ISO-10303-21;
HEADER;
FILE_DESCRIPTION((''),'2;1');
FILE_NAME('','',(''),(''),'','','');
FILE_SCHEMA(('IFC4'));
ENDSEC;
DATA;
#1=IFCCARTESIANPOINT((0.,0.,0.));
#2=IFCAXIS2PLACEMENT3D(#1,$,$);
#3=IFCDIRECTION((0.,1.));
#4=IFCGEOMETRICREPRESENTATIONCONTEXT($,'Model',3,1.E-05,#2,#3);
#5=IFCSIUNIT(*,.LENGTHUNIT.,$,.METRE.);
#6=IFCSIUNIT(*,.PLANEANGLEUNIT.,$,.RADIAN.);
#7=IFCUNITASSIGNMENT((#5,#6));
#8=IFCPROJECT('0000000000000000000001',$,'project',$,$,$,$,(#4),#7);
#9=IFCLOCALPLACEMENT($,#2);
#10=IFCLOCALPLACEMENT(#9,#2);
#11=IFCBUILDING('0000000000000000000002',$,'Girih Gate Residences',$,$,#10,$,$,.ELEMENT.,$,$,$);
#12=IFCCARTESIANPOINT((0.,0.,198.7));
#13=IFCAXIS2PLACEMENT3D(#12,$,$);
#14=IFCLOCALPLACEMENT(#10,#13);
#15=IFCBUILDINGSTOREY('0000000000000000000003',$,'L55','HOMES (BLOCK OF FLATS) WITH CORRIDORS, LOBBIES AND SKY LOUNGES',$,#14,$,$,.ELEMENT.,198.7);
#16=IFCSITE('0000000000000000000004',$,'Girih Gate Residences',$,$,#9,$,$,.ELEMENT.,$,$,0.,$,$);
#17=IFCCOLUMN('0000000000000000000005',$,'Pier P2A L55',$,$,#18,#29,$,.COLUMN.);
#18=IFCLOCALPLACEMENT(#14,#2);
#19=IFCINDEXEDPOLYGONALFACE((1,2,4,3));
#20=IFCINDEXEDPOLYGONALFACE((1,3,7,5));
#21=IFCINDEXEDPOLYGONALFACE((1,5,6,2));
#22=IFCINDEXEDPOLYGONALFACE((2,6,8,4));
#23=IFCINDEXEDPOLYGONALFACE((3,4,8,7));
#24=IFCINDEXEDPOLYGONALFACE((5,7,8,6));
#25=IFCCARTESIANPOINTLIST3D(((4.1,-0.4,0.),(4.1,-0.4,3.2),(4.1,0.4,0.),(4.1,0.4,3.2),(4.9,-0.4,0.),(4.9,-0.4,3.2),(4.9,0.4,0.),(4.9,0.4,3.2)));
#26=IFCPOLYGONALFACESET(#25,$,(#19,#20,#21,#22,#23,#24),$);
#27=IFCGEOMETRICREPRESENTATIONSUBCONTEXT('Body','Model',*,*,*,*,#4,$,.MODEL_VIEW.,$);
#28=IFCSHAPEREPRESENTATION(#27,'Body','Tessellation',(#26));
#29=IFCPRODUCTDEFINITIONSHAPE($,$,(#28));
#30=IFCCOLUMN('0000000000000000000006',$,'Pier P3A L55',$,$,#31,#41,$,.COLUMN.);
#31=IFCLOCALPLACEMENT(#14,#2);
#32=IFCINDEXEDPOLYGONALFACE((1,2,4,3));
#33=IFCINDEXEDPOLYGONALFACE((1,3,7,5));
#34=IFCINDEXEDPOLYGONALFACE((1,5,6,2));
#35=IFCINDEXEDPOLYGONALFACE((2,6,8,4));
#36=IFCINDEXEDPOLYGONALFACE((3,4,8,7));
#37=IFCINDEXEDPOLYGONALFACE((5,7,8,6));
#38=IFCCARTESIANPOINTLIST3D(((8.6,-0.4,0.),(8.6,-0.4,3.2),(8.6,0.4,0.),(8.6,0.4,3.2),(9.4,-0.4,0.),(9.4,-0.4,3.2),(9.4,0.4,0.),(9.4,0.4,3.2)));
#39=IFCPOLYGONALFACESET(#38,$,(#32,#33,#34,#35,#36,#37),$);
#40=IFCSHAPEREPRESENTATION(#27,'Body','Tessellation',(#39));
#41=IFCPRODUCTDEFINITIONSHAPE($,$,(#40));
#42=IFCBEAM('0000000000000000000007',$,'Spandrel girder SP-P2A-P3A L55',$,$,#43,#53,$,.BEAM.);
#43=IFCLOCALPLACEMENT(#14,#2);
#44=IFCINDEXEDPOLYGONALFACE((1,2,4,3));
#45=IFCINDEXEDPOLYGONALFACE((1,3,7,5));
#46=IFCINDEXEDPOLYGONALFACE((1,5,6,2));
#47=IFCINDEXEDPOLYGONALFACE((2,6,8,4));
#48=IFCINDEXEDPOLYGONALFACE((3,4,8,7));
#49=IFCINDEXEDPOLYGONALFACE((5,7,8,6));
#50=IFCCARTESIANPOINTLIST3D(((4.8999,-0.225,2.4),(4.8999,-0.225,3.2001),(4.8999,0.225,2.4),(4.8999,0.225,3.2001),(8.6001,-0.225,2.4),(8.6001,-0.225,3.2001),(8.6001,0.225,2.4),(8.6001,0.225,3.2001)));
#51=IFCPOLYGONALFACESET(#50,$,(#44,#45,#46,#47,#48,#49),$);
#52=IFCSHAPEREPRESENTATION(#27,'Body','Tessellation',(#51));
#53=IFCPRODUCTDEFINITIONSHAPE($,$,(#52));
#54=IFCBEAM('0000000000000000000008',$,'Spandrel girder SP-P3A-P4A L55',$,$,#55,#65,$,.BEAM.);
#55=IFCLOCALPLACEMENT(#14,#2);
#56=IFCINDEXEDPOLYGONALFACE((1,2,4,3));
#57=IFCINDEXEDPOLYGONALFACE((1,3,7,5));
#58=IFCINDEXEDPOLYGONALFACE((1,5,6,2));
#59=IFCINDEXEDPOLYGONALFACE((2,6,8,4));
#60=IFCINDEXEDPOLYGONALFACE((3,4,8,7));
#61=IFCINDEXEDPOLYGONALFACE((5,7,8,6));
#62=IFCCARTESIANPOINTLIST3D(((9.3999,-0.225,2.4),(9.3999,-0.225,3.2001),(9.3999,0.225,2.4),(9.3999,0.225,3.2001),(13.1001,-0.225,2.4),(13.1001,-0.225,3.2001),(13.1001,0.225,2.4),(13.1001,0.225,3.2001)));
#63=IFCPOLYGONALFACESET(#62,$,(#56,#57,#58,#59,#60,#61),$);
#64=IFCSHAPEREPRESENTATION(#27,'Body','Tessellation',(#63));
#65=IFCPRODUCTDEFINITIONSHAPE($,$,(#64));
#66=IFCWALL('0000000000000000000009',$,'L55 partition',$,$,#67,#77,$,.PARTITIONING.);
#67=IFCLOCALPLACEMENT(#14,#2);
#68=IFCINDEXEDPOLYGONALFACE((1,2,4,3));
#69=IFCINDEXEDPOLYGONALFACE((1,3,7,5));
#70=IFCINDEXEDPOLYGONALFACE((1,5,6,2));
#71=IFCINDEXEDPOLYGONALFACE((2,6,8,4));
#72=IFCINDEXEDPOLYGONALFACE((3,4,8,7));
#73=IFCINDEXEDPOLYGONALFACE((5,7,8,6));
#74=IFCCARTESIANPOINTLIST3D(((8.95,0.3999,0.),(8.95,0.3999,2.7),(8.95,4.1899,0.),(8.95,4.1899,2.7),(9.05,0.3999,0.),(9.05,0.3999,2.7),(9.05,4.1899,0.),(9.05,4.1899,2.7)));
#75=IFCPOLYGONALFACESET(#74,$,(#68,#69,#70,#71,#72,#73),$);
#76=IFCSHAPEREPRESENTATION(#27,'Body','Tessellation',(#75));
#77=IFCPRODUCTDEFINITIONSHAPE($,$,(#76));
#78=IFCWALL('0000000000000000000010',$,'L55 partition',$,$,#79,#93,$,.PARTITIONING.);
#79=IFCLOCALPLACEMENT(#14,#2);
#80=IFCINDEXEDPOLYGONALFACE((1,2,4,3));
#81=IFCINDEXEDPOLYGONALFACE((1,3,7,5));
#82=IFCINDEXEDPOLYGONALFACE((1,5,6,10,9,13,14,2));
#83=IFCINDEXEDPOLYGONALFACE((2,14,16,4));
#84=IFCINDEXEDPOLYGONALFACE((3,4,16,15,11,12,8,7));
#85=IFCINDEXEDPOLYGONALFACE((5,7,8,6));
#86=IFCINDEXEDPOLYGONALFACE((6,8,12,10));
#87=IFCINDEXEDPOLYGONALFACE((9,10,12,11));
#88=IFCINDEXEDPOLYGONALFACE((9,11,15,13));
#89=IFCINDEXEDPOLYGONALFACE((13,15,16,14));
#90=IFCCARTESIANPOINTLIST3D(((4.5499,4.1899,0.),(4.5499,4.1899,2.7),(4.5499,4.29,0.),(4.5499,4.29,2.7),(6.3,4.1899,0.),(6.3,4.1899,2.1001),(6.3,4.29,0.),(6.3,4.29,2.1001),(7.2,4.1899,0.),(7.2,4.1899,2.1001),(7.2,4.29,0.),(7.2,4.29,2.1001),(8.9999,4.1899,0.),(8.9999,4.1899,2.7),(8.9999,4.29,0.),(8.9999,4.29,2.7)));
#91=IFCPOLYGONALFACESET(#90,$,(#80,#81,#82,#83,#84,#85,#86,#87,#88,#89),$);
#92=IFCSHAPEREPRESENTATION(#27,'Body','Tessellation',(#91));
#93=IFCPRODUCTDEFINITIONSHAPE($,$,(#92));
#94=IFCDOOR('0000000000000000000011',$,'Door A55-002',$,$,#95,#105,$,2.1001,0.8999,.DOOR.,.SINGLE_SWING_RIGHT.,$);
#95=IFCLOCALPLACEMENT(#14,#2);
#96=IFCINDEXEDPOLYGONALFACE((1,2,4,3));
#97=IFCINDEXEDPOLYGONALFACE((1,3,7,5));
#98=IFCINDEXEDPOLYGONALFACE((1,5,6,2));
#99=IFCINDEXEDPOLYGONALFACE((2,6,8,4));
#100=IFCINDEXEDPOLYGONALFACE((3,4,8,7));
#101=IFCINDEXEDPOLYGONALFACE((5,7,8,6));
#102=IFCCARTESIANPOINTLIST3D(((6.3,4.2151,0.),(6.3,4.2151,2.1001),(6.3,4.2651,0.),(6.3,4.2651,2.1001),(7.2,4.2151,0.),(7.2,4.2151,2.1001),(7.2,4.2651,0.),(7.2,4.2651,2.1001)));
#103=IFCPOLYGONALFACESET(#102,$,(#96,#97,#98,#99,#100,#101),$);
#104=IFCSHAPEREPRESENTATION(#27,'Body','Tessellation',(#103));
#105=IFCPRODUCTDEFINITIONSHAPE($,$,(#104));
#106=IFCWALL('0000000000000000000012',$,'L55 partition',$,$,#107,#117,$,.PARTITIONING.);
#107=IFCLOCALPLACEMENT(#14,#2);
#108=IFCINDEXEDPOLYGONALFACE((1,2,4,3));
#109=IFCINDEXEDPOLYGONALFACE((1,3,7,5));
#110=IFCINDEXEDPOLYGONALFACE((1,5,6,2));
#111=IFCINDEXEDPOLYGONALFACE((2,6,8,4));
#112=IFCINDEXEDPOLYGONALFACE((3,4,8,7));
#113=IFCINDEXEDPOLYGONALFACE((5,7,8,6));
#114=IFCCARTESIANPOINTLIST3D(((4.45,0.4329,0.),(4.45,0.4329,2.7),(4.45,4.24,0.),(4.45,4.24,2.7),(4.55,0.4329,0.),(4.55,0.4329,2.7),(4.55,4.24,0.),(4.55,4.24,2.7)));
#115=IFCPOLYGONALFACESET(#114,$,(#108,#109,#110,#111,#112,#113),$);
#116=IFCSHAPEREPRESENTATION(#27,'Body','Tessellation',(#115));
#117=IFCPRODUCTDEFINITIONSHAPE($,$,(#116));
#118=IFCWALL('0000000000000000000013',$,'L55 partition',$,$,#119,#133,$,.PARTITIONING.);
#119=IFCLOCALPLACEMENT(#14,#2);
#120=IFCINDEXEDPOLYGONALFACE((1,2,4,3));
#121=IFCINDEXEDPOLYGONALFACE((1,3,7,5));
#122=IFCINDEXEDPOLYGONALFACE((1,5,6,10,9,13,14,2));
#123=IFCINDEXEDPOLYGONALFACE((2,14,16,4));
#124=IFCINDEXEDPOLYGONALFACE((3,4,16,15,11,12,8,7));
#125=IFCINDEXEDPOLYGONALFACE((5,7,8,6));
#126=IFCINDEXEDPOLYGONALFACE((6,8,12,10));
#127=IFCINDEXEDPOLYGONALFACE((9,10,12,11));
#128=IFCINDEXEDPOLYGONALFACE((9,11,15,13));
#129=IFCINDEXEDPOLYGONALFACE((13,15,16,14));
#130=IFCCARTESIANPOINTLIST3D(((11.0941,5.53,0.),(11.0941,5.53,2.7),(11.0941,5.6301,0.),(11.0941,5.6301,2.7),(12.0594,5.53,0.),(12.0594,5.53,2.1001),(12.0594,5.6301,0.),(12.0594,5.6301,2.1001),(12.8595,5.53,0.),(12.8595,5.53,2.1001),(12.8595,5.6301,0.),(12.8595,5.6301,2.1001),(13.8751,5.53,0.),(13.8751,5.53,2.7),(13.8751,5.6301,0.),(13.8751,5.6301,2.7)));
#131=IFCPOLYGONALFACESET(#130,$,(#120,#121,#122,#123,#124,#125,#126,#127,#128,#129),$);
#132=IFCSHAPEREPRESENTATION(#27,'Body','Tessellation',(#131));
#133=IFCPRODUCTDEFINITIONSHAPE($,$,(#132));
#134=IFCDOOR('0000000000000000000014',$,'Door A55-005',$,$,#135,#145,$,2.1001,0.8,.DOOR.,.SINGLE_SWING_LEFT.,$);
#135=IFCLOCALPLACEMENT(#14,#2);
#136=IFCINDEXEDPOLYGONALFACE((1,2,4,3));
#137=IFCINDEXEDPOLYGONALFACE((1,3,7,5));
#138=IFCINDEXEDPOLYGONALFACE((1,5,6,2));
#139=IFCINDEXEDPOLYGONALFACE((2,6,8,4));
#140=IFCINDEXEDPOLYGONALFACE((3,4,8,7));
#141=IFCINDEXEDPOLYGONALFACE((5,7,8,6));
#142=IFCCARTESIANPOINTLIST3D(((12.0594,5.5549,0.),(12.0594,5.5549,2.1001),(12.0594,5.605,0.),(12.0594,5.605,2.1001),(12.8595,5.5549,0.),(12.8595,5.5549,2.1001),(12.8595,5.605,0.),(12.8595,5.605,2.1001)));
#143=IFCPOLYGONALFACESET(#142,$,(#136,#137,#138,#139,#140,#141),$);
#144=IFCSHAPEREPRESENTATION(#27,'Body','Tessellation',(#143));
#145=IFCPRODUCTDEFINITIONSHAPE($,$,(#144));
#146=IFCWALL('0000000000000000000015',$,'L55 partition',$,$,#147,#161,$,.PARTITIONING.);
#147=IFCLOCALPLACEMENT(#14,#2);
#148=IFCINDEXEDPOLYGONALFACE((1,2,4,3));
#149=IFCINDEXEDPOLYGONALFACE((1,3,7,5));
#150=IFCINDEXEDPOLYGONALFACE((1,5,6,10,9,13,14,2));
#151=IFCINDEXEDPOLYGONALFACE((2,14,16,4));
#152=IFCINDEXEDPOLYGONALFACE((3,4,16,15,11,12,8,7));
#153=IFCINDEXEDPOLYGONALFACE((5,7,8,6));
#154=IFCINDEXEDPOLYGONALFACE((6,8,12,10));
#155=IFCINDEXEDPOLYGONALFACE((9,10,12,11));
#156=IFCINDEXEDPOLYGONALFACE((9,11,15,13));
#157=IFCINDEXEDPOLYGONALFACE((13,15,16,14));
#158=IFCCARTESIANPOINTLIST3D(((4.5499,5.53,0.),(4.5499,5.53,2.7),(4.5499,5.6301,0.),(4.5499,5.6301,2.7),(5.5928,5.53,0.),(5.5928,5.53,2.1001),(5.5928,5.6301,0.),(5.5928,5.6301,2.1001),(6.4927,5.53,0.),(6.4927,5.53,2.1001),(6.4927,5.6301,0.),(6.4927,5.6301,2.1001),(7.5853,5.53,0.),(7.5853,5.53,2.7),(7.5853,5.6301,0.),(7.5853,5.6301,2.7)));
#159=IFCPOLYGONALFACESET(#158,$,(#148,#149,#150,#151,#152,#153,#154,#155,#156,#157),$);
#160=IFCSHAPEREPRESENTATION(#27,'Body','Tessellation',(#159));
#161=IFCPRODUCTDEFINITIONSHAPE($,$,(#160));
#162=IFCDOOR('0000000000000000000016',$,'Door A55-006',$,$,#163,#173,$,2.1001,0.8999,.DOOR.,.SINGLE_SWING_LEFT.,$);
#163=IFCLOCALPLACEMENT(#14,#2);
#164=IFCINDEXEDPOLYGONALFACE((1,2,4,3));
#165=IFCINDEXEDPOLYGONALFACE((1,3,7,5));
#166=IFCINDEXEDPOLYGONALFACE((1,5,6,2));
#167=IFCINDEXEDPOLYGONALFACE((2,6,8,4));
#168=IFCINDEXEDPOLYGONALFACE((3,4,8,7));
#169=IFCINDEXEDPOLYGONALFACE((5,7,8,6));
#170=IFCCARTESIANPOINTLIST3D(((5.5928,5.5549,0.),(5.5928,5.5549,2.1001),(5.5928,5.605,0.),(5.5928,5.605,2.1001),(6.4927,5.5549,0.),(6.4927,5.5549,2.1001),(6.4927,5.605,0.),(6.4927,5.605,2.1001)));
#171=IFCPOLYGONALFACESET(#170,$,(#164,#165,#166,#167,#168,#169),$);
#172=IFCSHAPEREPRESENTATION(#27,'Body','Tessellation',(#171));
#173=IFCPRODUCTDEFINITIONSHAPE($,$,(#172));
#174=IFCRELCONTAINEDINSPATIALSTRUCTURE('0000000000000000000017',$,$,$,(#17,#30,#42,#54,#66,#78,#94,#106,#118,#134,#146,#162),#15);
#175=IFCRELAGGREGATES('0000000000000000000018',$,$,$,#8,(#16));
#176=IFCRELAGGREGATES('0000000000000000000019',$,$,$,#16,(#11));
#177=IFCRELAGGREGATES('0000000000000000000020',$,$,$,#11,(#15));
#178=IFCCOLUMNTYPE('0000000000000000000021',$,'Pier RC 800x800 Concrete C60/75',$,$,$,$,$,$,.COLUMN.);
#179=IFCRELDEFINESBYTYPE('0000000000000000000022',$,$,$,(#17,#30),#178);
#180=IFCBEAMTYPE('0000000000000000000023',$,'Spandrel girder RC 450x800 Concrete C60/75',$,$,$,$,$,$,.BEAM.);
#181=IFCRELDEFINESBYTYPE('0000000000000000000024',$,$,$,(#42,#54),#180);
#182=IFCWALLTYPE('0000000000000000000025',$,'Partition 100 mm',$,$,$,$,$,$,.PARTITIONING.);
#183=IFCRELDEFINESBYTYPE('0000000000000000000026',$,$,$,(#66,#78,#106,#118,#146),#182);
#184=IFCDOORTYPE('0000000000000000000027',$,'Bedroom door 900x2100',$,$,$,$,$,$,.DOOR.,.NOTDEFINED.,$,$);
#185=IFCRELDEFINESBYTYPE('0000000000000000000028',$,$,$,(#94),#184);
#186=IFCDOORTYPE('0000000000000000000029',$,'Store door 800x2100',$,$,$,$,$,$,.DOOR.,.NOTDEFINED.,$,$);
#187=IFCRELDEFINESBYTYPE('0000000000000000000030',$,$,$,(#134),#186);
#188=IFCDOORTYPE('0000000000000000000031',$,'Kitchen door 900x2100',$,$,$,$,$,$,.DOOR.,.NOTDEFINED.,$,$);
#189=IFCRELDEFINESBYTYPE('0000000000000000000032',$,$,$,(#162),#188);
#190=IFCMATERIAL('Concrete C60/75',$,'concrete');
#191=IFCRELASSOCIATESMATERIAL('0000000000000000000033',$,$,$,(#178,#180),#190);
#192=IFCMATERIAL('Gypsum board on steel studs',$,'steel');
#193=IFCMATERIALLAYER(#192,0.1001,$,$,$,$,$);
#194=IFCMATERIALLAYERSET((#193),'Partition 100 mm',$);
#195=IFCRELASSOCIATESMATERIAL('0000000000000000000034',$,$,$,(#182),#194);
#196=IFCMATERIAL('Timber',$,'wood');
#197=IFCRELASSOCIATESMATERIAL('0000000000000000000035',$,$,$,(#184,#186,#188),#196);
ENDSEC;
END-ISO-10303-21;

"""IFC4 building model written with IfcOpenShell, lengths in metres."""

from ifc_helpers import new_model, si_unit, direction, frame, frame_2d, origin, origin_2d, place, context, subcontext, project, spatial, rectangle, extrude, material, layer, layer_set, material_profile, profile_set, type_object, element, fill, save


model = new_model("IFC4")

# Units and contexts
model_context = context("Model", 3, precision=1e-05, world=origin(), true_north=direction((0.0, 1.0)))
body_context = subcontext(model_context, "Body", "Model", "MODEL_VIEW")
ifc_project = project(units=[si_unit("LENGTHUNIT", "METRE"), si_unit("PLANEANGLEUNIT", "RADIAN")], contexts=[model_context])

# Site, building, storey
site_placement = place(None, origin())
site = spatial("IfcSite", under=ifc_project, at=site_placement, Name="Girih Gate Residences", CompositionType="ELEMENT", RefElevation=0.0)
building_placement = place(site_placement, origin())
building = spatial("IfcBuilding", under=site, at=building_placement, Name="Girih Gate Residences", CompositionType="ELEMENT")
storey_placement = place(building_placement, frame((0.0, 0.0, 198.7)))
storey = spatial("IfcBuildingStorey", under=building, at=storey_placement, Name="L55", Description="HOMES (BLOCK OF FLATS) WITH CORRIDORS, LOBBIES AND SKY LOUNGES", CompositionType="ELEMENT", Elevation=198.7)

# Columns
ifc_material_1 = material(Name="Concrete C60/75", Category="concrete")
ifc_material_profile_1 = material_profile(ifc_material_1, rectangle(XDim=0.8, YDim=0.8, at=origin_2d()))
ifc_profile_set_1 = profile_set([ifc_material_profile_1], Name="Concrete C60/75")
column_type = type_object("IfcColumnType", Name="Pier RC 800x800 Concrete C60/75", PredefinedType="COLUMN", material=ifc_profile_set_1)
for number, where, z_axis, x_axis, name in (
    (1, (4.5, 0.0, 0.0), (0.0, 0.0, 1.0), (1.0, 0.0, 0.0), "Pier P2A L55"),
    (2, (9.0, 0.0, 0.0), (0.0, 0.0, 1.0), (1.0, 0.0, 0.0), "Pier P3A L55"),
):
    element("IfcColumn", number, at=place(storey_placement, frame(where, z_axis=z_axis, x_axis=x_axis)), inside=storey, type_object=column_type, Name=name, PredefinedType="COLUMN", context=body_context, shape_type="SweptSolid", body=[
        extrude(rectangle(XDim=0.8, YDim=0.8, at=origin_2d()), origin(), (0.0, 0.0, 1.0), 3.2),
    ])

# Beams
ifc_material_profile_2 = material_profile(ifc_material_1, rectangle(XDim=0.45, YDim=0.8, at=origin_2d()))
ifc_profile_set_2 = profile_set([ifc_material_profile_2], Name="Concrete C60/75")
beam_type = type_object("IfcBeamType", Name="Spandrel girder RC 450x800 Concrete C60/75", PredefinedType="BEAM", material=ifc_profile_set_2)
for number, where, z_axis, x_axis, name in (
    (3, (4.8999, 0.0, 2.8), (1.0, 0.0, 0.0), (0.0, 1.0, 0.0), "Spandrel girder SP-P2A-P3A L55"),
    (4, (9.3999, 0.0, 2.8), (1.0, 0.0, 0.0), (0.0, 1.0, 0.0), "Spandrel girder SP-P3A-P4A L55"),
):
    element("IfcBeam", number, at=place(storey_placement, frame(where, z_axis=z_axis, x_axis=x_axis)), inside=storey, type_object=beam_type, Name=name, PredefinedType="BEAM", context=body_context, shape_type="SweptSolid", body=[
        extrude(rectangle(XDim=0.45, YDim=0.8, at=origin_2d()), origin(), (0.0, 0.0, 1.0), 3.7002),
    ])

# Wall
ifc_material_2 = material(Name="Gypsum board on steel studs", Category="steel")
ifc_layer_1 = layer(ifc_material_2, 0.1001)
ifc_layer_set_1 = layer_set([ifc_layer_1], Name="Partition 100 mm")
wall_type_1 = type_object("IfcWallType", Name="Partition 100 mm", PredefinedType="PARTITIONING", material=ifc_layer_set_1)
wall_1_placement = place(storey_placement, frame((9.0, 0.3999, 0.0), z_axis=(0.0, 0.0, 1.0), x_axis=(0.0, 1.0, 0.0)))
element("IfcWall", 5, at=wall_1_placement, inside=storey, type_object=wall_type_1, Name="L55 partition", PredefinedType="PARTITIONING", context=body_context, shape_type="SweptSolid", body=[
    extrude(rectangle(XDim=3.79, YDim=0.1001, at=frame_2d((1.895, 0.0))), origin(), (0.0, 0.0, 1.0), 2.7),
])

# Wall, opening, door
wall_2_placement = place(storey_placement, frame((9.0, 4.24, 0.0), z_axis=(0.0, 0.0, 1.0), x_axis=(-1.0, 0.0, 0.0)))
wall_2 = element("IfcWall", 6, at=wall_2_placement, inside=storey, type_object=wall_type_1, Name="L55 partition", PredefinedType="PARTITIONING", context=body_context, shape_type="SweptSolid", body=[
    extrude(rectangle(XDim=4.45, YDim=0.1001, at=frame_2d((2.2251, 0.0))), origin(), (0.0, 0.0, 1.0), 2.7),
])
opening_1_placement = place(wall_2_placement, frame((1.8, 0.0, 0.0)))
opening_1 = element("IfcOpeningElement", 7, at=opening_1_placement, cuts=wall_2, PredefinedType="OPENING", context=body_context, shape_type="SweptSolid", body=[
    extrude(rectangle(XDim=0.8999, YDim=2.1001, at=frame_2d((0.45, 1.05))), frame((0.0, 0.0601, 0.0), z_axis=(0.0, -1.0, 0.0), x_axis=(1.0, 0.0, 0.0)), (0.0, 0.0, 1.0), 0.1201),
])
ifc_material_3 = material(Name="Timber", Category="wood")
door_type_1 = type_object("IfcDoorType", Name="Bedroom door 900x2100", OperationType="NOTDEFINED", PredefinedType="DOOR", material=ifc_material_3)
door_1_placement = place(opening_1_placement, origin())
door_1 = element("IfcDoor", 8, at=door_1_placement, inside=storey, type_object=door_type_1, Name="Door A55-002", OperationType="SINGLE_SWING_RIGHT", OverallHeight=2.1001, OverallWidth=0.8999, PredefinedType="DOOR", context=body_context, shape_type="SweptSolid", body=[
    extrude(rectangle(XDim=0.8999, YDim=2.1001, at=frame_2d((0.45, 1.05))), frame((0.0, 0.0249, 0.0), z_axis=(0.0, -1.0, 0.0), x_axis=(1.0, 0.0, 0.0)), (0.0, 0.0, 1.0), 0.05),
])
fill(opening_1, door_1)

# Wall
wall_3_placement = place(storey_placement, frame((4.5, 0.4329, 0.0), z_axis=(0.0, 0.0, 1.0), x_axis=(0.0, 1.0, 0.0)))
element("IfcWall", 9, at=wall_3_placement, inside=storey, type_object=wall_type_1, Name="L55 partition", PredefinedType="PARTITIONING", context=body_context, shape_type="SweptSolid", body=[
    extrude(rectangle(XDim=3.8071, YDim=0.1001, at=frame_2d((1.9036, 0.0))), origin(), (0.0, 0.0, 1.0), 2.7),
])

# Walls, openings, doors
wall_4_placement = place(storey_placement, frame((11.094, 5.5801, 0.0), z_axis=(0.0, 0.0, 1.0), x_axis=(1.0, 0.0, 0.0)))
wall_4 = element("IfcWall", 10, at=wall_4_placement, inside=storey, type_object=wall_type_1, Name="L55 partition", PredefinedType="PARTITIONING", context=body_context, shape_type="SweptSolid", body=[
    extrude(rectangle(XDim=2.781, YDim=0.1001, at=frame_2d((1.3906, 0.0))), origin(), (0.0, 0.0, 1.0), 2.7),
])
opening_2_placement = place(wall_4_placement, frame((0.9656, 0.0, 0.0)))
opening_2 = element("IfcOpeningElement", 11, at=opening_2_placement, cuts=wall_4, PredefinedType="OPENING", context=body_context, shape_type="SweptSolid", body=[
    extrude(rectangle(XDim=0.8, YDim=2.1001, at=frame_2d((0.3999, 1.05))), frame((0.0, 0.0601, 0.0), z_axis=(0.0, -1.0, 0.0), x_axis=(1.0, 0.0, 0.0)), (0.0, 0.0, 1.0), 0.1201),
])
door_type_2 = type_object("IfcDoorType", Name="Store door 800x2100", OperationType="NOTDEFINED", PredefinedType="DOOR", material=ifc_material_3)
door_2_placement = place(opening_2_placement, origin())
door_2 = element("IfcDoor", 12, at=door_2_placement, inside=storey, type_object=door_type_2, Name="Door A55-005", OperationType="SINGLE_SWING_LEFT", OverallHeight=2.1001, OverallWidth=0.8, PredefinedType="DOOR", context=body_context, shape_type="SweptSolid", body=[
    extrude(rectangle(XDim=0.8, YDim=2.1001, at=frame_2d((0.3999, 1.05))), frame((0.0, 0.0249, 0.0), z_axis=(0.0, -1.0, 0.0), x_axis=(1.0, 0.0, 0.0)), (0.0, 0.0, 1.0), 0.05),
])
fill(opening_2, door_2)
wall_5_placement = place(storey_placement, frame((4.55, 5.5801, 0.0), z_axis=(0.0, 0.0, 1.0), x_axis=(1.0, 0.0, 0.0)))
wall_5 = element("IfcWall", 13, at=wall_5_placement, inside=storey, type_object=wall_type_1, Name="L55 partition", PredefinedType="PARTITIONING", context=body_context, shape_type="SweptSolid", body=[
    extrude(rectangle(XDim=3.0354, YDim=0.1001, at=frame_2d((1.5176, 0.0))), origin(), (0.0, 0.0, 1.0), 2.7),
])
opening_3_placement = place(wall_5_placement, frame((1.0427, 0.0, 0.0)))
opening_3 = element("IfcOpeningElement", 14, at=opening_3_placement, cuts=wall_5, PredefinedType="OPENING", context=body_context, shape_type="SweptSolid", body=[
    extrude(rectangle(XDim=0.8999, YDim=2.1001, at=frame_2d((0.45, 1.05))), frame((0.0, 0.0601, 0.0), z_axis=(0.0, -1.0, 0.0), x_axis=(1.0, 0.0, 0.0)), (0.0, 0.0, 1.0), 0.1201),
])
door_type_3 = type_object("IfcDoorType", Name="Kitchen door 900x2100", OperationType="NOTDEFINED", PredefinedType="DOOR", material=ifc_material_3)
door_3_placement = place(opening_3_placement, origin())
door_3 = element("IfcDoor", 15, at=door_3_placement, inside=storey, type_object=door_type_3, Name="Door A55-006", OperationType="SINGLE_SWING_LEFT", OverallHeight=2.1001, OverallWidth=0.8999, PredefinedType="DOOR", context=body_context, shape_type="SweptSolid", body=[
    extrude(rectangle(XDim=0.8999, YDim=2.1001, at=frame_2d((0.45, 1.05))), frame((0.0, 0.0249, 0.0), z_axis=(0.0, -1.0, 0.0), x_axis=(1.0, 0.0, 0.0)), (0.0, 0.0, 1.0), 0.05),
])
fill(opening_3, door_3)

save(model, "model.ifc")
